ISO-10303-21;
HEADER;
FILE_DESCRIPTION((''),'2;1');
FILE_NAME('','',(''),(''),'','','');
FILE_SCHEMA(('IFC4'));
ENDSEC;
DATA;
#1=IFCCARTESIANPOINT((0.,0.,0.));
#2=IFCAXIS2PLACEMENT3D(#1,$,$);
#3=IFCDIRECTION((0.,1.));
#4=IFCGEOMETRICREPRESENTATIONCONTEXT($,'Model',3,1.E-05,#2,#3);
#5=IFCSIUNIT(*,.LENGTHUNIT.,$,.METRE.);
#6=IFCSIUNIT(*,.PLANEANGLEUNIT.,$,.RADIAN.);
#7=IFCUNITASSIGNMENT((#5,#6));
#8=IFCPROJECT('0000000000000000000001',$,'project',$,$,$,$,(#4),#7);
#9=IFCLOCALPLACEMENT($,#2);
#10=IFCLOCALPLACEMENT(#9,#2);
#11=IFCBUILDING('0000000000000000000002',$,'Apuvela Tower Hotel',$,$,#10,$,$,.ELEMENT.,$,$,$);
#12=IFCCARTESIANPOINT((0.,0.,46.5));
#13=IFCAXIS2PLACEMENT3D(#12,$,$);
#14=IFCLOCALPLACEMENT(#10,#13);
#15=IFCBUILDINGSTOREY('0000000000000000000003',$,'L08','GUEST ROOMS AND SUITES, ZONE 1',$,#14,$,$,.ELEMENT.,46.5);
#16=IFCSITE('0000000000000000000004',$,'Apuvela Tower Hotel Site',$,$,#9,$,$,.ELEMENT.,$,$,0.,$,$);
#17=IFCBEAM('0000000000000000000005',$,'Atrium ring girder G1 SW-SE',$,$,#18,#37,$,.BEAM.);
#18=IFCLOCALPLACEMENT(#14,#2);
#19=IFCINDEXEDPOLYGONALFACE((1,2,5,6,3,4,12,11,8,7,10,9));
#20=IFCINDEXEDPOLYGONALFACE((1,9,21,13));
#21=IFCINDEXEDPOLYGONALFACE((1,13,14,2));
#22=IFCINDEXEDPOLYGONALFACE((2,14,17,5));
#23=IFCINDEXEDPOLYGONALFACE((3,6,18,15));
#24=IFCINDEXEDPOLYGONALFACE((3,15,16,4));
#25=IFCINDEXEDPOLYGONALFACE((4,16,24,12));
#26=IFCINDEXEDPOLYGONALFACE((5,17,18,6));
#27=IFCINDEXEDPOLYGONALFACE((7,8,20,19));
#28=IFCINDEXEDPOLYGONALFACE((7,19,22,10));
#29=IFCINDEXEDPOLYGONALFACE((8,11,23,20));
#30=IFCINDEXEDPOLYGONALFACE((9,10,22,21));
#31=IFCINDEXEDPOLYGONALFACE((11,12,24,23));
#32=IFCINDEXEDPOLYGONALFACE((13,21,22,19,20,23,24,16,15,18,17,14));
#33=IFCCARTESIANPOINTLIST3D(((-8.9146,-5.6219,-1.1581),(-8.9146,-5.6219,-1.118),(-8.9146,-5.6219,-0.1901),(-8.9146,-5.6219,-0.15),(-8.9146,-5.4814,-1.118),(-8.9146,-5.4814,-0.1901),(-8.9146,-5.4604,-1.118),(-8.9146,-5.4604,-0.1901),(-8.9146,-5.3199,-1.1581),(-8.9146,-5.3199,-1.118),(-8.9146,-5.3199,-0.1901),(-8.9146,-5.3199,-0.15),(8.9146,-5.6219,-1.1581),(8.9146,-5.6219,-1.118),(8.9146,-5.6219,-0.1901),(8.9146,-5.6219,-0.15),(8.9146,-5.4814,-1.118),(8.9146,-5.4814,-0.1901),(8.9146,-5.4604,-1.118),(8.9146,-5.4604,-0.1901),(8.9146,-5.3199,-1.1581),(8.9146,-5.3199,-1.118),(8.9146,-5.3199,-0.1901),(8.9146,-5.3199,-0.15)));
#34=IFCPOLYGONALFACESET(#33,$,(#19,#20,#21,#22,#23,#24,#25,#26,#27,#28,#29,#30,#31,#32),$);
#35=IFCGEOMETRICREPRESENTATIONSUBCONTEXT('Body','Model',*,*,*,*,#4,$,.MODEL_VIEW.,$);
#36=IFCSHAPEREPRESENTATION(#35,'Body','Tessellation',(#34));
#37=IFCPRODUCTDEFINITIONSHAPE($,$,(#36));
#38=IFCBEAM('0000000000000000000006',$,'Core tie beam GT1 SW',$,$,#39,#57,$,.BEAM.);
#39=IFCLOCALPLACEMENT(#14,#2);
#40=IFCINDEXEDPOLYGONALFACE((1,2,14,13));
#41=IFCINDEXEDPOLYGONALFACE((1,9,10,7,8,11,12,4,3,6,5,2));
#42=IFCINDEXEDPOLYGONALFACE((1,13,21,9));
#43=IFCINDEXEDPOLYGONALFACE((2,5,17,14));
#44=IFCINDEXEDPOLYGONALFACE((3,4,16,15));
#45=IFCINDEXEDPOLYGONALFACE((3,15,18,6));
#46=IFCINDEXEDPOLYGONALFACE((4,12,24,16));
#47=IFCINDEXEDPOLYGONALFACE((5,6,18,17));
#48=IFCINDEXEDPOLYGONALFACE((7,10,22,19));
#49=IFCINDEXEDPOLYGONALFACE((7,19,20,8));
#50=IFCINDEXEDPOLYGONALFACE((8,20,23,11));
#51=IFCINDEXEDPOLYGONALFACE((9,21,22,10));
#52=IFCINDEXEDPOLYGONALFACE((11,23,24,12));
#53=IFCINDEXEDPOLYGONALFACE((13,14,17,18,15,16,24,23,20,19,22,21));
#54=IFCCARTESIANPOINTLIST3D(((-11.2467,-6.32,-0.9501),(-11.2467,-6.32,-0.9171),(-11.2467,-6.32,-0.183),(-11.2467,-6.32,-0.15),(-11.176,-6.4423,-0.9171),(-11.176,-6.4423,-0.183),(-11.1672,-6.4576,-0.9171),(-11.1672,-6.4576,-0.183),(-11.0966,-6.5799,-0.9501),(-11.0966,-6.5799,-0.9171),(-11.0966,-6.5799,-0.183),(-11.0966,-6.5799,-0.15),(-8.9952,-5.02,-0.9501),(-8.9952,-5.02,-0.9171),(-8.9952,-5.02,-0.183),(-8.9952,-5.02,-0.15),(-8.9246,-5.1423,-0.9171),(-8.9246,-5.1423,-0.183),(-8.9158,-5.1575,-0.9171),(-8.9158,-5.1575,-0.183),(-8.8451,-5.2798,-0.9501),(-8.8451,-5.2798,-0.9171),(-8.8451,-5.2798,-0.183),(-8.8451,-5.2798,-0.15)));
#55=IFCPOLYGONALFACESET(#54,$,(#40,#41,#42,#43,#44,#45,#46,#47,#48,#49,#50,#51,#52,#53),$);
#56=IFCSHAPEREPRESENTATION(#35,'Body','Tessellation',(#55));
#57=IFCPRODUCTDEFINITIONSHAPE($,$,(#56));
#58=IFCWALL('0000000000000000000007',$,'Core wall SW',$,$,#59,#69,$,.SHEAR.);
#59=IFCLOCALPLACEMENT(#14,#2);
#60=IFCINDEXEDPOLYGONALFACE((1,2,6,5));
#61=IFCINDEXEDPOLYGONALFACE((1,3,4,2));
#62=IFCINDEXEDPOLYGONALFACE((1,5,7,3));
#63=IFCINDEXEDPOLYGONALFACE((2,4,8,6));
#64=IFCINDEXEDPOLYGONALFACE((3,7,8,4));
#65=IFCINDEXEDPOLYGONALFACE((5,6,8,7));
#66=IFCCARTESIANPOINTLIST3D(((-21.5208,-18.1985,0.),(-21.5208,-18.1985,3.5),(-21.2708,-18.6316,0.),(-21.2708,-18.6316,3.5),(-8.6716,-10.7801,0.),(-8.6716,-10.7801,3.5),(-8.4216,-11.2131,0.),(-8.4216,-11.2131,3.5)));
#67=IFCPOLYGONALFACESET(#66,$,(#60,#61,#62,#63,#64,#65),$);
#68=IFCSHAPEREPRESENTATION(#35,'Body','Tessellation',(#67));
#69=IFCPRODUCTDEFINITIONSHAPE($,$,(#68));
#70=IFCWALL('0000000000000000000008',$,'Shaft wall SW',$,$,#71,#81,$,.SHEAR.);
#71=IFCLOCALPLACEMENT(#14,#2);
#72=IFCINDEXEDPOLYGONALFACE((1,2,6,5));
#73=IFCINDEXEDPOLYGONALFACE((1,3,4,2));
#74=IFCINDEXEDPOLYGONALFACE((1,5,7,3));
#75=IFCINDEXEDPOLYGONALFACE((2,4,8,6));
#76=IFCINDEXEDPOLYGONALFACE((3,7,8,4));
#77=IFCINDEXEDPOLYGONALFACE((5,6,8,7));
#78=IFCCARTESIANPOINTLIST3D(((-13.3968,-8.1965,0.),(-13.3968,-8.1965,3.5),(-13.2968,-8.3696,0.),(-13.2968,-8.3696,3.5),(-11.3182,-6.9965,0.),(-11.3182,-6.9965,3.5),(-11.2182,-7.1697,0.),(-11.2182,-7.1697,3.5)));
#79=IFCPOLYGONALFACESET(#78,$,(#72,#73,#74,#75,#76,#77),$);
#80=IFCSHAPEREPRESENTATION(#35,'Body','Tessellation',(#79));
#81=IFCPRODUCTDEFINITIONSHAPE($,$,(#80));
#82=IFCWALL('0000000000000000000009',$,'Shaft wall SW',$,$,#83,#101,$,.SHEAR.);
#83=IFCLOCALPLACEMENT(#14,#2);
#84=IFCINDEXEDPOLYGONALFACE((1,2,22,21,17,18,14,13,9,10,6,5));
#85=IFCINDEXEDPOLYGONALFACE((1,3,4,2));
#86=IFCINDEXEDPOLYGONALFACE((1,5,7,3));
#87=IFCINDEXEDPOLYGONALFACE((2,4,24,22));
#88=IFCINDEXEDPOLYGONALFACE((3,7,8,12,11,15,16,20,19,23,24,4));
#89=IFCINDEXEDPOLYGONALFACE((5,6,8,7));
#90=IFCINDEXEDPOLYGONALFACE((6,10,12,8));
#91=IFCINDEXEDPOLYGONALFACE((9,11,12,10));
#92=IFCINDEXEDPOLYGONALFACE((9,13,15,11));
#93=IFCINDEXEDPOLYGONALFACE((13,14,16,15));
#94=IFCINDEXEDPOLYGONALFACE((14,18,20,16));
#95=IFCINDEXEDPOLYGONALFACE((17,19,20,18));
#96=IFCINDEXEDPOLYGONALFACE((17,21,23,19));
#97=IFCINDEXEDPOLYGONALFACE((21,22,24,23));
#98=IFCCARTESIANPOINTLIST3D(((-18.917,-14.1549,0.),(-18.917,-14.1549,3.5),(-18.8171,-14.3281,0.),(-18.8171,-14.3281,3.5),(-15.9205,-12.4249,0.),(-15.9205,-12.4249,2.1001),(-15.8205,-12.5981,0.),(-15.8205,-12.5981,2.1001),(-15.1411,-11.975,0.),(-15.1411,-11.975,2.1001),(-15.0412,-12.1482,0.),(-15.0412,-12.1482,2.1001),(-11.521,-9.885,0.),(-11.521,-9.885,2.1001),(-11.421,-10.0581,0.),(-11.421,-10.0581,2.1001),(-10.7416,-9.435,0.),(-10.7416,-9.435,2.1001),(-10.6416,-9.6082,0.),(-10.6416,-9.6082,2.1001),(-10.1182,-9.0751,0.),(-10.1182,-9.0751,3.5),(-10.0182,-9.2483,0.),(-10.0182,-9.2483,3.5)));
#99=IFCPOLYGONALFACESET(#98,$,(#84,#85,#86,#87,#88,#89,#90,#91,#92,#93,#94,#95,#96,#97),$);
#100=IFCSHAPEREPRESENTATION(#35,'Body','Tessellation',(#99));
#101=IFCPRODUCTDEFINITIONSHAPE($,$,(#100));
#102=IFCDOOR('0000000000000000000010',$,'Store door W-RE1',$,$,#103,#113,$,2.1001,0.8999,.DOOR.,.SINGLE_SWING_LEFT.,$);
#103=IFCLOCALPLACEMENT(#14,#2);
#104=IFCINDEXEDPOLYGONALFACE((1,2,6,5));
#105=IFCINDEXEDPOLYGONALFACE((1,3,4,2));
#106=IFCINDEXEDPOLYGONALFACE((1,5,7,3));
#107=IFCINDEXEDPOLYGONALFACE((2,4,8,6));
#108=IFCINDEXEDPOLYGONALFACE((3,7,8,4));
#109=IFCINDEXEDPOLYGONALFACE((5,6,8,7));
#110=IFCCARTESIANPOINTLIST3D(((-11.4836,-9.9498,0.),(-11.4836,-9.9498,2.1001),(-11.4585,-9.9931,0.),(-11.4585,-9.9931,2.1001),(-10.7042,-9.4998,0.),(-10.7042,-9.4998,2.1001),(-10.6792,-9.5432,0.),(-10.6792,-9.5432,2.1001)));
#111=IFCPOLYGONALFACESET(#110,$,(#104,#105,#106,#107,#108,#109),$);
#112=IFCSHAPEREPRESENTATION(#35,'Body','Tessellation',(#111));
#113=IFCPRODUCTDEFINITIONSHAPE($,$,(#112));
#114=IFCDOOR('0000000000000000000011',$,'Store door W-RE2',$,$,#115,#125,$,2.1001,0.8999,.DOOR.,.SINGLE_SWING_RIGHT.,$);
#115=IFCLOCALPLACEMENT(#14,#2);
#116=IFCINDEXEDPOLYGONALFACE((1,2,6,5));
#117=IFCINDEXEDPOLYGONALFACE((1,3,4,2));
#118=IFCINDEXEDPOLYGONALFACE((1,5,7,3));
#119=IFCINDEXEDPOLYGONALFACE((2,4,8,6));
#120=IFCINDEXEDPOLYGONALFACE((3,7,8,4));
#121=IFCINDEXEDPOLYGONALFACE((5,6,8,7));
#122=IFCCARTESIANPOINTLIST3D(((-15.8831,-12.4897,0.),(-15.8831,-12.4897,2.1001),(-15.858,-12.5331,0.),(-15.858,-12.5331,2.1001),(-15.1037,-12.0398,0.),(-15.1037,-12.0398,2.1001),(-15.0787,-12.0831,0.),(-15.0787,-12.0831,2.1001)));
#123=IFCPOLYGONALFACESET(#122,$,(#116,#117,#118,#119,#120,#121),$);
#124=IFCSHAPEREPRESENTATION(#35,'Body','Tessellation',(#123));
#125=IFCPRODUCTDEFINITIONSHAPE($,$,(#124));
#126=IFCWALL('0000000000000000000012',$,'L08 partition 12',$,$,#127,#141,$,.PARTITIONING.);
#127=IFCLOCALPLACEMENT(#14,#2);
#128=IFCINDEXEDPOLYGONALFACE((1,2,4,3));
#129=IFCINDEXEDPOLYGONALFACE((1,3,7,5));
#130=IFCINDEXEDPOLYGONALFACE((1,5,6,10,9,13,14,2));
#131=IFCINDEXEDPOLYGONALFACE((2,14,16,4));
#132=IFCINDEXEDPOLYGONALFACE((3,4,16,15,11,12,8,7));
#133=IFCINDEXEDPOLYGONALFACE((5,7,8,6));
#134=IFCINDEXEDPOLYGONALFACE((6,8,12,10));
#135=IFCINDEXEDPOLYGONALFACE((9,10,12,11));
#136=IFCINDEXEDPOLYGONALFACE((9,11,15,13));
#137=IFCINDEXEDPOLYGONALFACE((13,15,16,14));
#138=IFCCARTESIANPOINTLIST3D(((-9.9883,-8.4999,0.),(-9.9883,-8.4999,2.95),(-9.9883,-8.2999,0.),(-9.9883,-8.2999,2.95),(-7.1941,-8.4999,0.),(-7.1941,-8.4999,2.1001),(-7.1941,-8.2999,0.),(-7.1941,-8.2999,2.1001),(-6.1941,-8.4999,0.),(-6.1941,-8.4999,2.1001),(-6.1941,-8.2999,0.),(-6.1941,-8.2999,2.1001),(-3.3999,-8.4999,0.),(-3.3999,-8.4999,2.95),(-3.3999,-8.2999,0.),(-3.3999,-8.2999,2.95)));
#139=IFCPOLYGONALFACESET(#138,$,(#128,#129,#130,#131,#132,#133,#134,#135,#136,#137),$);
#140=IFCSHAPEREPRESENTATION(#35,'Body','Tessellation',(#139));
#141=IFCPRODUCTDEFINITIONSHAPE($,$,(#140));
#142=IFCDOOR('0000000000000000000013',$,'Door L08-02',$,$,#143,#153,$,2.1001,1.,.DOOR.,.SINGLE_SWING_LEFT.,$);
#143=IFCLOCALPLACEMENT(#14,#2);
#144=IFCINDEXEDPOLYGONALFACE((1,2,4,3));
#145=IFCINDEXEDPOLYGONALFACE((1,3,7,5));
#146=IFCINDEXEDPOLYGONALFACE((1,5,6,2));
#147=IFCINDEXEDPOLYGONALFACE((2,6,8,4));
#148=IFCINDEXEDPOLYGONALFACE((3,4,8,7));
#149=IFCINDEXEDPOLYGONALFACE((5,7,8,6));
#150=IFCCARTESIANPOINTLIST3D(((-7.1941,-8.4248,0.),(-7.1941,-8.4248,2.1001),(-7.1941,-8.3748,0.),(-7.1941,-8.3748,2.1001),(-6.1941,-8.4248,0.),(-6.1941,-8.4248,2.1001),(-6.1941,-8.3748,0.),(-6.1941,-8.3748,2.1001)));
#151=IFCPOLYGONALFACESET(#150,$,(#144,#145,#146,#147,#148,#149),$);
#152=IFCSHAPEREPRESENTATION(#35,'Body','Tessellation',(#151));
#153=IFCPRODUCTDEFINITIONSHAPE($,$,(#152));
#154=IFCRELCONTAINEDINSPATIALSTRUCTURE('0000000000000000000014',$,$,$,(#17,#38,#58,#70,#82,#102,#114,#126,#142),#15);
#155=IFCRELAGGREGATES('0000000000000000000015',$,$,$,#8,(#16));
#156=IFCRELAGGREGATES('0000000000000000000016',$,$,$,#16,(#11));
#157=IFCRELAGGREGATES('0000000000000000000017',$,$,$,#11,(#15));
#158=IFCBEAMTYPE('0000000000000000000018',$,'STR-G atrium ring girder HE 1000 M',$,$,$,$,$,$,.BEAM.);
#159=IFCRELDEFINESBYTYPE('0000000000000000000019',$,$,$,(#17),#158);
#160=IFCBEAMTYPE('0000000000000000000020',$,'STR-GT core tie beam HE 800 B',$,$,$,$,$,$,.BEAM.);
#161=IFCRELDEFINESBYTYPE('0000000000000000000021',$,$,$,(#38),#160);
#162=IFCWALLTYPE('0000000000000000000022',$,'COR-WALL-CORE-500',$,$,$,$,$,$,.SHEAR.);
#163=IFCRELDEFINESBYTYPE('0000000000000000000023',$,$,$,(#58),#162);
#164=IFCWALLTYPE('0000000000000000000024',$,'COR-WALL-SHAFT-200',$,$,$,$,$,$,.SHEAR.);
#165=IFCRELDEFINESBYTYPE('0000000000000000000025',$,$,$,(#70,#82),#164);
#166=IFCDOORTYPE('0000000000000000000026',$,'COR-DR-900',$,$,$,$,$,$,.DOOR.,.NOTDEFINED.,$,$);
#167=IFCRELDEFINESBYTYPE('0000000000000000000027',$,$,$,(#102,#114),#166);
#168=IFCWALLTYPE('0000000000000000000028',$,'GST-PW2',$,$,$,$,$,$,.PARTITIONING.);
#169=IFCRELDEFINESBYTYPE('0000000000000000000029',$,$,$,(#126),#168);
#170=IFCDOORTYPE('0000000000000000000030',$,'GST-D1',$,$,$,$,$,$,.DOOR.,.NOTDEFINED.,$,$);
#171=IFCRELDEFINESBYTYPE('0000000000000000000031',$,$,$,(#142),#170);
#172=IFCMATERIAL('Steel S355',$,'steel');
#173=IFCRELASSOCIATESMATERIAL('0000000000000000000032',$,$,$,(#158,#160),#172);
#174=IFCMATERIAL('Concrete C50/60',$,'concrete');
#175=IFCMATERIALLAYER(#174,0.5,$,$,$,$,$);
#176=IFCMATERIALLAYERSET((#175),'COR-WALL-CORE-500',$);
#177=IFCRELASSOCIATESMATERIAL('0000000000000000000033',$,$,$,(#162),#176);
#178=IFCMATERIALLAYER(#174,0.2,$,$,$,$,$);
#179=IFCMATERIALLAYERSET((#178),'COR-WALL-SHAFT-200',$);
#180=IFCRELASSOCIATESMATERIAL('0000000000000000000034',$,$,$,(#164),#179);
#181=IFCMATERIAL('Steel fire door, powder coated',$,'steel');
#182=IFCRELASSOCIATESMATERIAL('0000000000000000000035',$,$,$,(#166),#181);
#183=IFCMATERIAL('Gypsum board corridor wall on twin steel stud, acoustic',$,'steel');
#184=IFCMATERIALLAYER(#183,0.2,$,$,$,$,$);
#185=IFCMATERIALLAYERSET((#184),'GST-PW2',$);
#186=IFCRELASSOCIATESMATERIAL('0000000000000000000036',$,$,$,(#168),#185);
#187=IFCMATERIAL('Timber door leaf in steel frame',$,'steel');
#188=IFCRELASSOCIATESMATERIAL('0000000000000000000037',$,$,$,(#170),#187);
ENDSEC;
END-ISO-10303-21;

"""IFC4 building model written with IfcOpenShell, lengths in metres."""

from ifc_helpers import new_model, si_unit, direction, frame, frame_2d, origin, origin_2d, place, context, subcontext, project, spatial, rectangle, i_section, extrude, material, layer, layer_set, material_profile, profile_set, type_object, element, fill, save


model = new_model("IFC4")

# Units and contexts
model_context = context("Model", 3, precision=1e-05, world=origin(), true_north=direction((0.0, 1.0)))
body_context = subcontext(model_context, "Body", "Model", "MODEL_VIEW")
ifc_project = project(units=[si_unit("LENGTHUNIT", "METRE"), si_unit("PLANEANGLEUNIT", "RADIAN")], contexts=[model_context])

# Site, building, storey
site_placement = place(None, origin())
site = spatial("IfcSite", under=ifc_project, at=site_placement, Name="Apuvela Tower Hotel Site", CompositionType="ELEMENT", RefElevation=0.0)
building_placement = place(site_placement, origin())
building = spatial("IfcBuilding", under=site, at=building_placement, Name="Apuvela Tower Hotel", CompositionType="ELEMENT")
storey_placement = place(building_placement, frame((0.0, 0.0, 46.5)))
storey = spatial("IfcBuildingStorey", under=building, at=storey_placement, Name="L08", Description="GUEST ROOMS AND SUITES, ZONE 1", CompositionType="ELEMENT", Elevation=46.5)

# Beams
ifc_material_1 = material(Name="Steel S355", Category="steel")
ifc_material_profile_1 = material_profile(ifc_material_1, i_section(OverallWidth=0.302, OverallDepth=1.0081, WebThickness=0.021, FlangeThickness=0.04, at=origin_2d()), Name="HE 1000 M")
ifc_profile_set_1 = profile_set([ifc_material_profile_1], Name="Steel S355")
beam_type_1 = type_object("IfcBeamType", Name="STR-G atrium ring girder HE 1000 M", PredefinedType="BEAM", material=ifc_profile_set_1)
beam_1_placement = place(storey_placement, frame((-8.9146, -5.4709, -0.6541), z_axis=(1.0, 0.0, 0.0), x_axis=(0.0, 1.0, 0.0)))
element("IfcBeam", 1, at=beam_1_placement, inside=storey, type_object=beam_type_1, Name="Atrium ring girder G1 SW-SE", PredefinedType="BEAM", context=body_context, shape_type="SweptSolid", body=[
    extrude(i_section(OverallWidth=0.302, OverallDepth=1.0081, WebThickness=0.021, FlangeThickness=0.04, at=origin_2d()), origin(), (0.0, 0.0, 1.0), 17.8291),
])
ifc_material_profile_2 = material_profile(ifc_material_1, i_section(OverallWidth=0.3, OverallDepth=0.8, WebThickness=0.0176, FlangeThickness=0.033, at=origin_2d()), Name="HE 800 B")
ifc_profile_set_2 = profile_set([ifc_material_profile_2], Name="Steel S355")
beam_type_2 = type_object("IfcBeamType", Name="STR-GT core tie beam HE 800 B", PredefinedType="BEAM", material=ifc_profile_set_2)
beam_2_placement = place(storey_placement, frame((-11.1716, -6.45, -0.55), z_axis=(0.865998, 0.500048, 0.0), x_axis=(-0.500048, 0.865998, 0.0)))
element("IfcBeam", 2, at=beam_2_placement, inside=storey, type_object=beam_type_2, Name="Core tie beam GT1 SW", PredefinedType="BEAM", context=body_context, shape_type="SweptSolid", body=[
    extrude(i_section(OverallWidth=0.3, OverallDepth=0.8, WebThickness=0.0176, FlangeThickness=0.033, at=origin_2d()), origin(), (0.0, 0.0, 1.0), 2.5999),
])

# Walls
ifc_material_2 = material(Name="Concrete C50/60", Category="concrete")
ifc_layer_1 = layer(ifc_material_2, 0.5)
ifc_layer_set_1 = layer_set([ifc_layer_1], Name="COR-WALL-CORE-500")
wall_type_1 = type_object("IfcWallType", Name="COR-WALL-CORE-500", PredefinedType="SHEAR", material=ifc_layer_set_1)
wall_1_placement = place(storey_placement, frame((-8.5466, -10.9966, 0.0), z_axis=(0.0, 0.0, 1.0), x_axis=(-0.866025, -0.500001, 0.0)))
element("IfcWall", 3, at=wall_1_placement, inside=storey, type_object=wall_type_1, Name="Core wall SW", PredefinedType="SHEAR", context=body_context, shape_type="SweptSolid", body=[
    extrude(rectangle(XDim=14.8369, YDim=0.5, at=frame_2d((7.4185, 0.0))), origin(), (0.0, 0.0, 1.0), 3.5),
])
ifc_layer_2 = layer(ifc_material_2, 0.2)
ifc_layer_set_2 = layer_set([ifc_layer_2], Name="COR-WALL-SHAFT-200")
wall_type_2 = type_object("IfcWallType", Name="COR-WALL-SHAFT-200", PredefinedType="SHEAR", material=ifc_layer_set_2)
wall_2_placement = place(storey_placement, frame((-11.2681, -7.083, 0.0), z_axis=(0.0, 0.0, 1.0), x_axis=(-0.86605, -0.499957, 0.0)))
element("IfcWall", 4, at=wall_2_placement, inside=storey, type_object=wall_type_2, Name="Shaft wall SW", PredefinedType="SHEAR", context=body_context, shape_type="SweptSolid", body=[
    extrude(rectangle(XDim=2.4001, YDim=0.2, at=frame_2d((1.2002, 0.0))), origin(), (0.0, 0.0, 1.0), 3.5),
])

# Wall, openings, doors
wall_3_placement = place(storey_placement, frame((-10.0681, -9.1616, 0.0), z_axis=(0.0, 0.0, 1.0), x_axis=(-0.866033, -0.499987, 0.0)))
wall_3 = element("IfcWall", 5, at=wall_3_placement, inside=storey, type_object=wall_type_2, Name="Shaft wall SW", PredefinedType="SHEAR", context=body_context, shape_type="SweptSolid", body=[
    extrude(rectangle(XDim=10.1599, YDim=0.2, at=frame_2d((5.0801, 0.0))), origin(), (0.0, 0.0, 1.0), 3.5),
])
opening_1_placement = place(wall_3_placement, frame((0.72, 0.0, 0.0)))
opening_1 = element("IfcOpeningElement", 6, at=opening_1_placement, cuts=wall_3, PredefinedType="OPENING", context=body_context, shape_type="SweptSolid", body=[
    extrude(rectangle(XDim=0.8999, YDim=2.1001, at=frame_2d((0.45, 1.05))), frame((0.0, 0.1099, 0.0), z_axis=(0.0, -1.0, 0.0), x_axis=(1.0, 0.0, 0.0)), (0.0, 0.0, 1.0), 0.22),
])
opening_2_placement = place(wall_3_placement, frame((5.8, 0.0, 0.0)))
opening_2 = element("IfcOpeningElement", 7, at=opening_2_placement, cuts=wall_3, PredefinedType="OPENING", context=body_context, shape_type="SweptSolid", body=[
    extrude(rectangle(XDim=0.8999, YDim=2.1001, at=frame_2d((0.45, 1.05))), frame((0.0, 0.1099, 0.0), z_axis=(0.0, -1.0, 0.0), x_axis=(1.0, 0.0, 0.0)), (0.0, 0.0, 1.0), 0.22),
])
ifc_material_3 = material(Name="Steel fire door, powder coated", Category="steel")
door_type_1 = type_object("IfcDoorType", Name="COR-DR-900", OperationType="NOTDEFINED", PredefinedType="DOOR", material=ifc_material_3)
door_1_placement = place(opening_1_placement, origin())
door_1 = element("IfcDoor", 8, at=door_1_placement, inside=storey, type_object=door_type_1, Name="Store door W-RE1", OperationType="SINGLE_SWING_LEFT", OverallHeight=2.1001, OverallWidth=0.8999, PredefinedType="DOOR", context=body_context, shape_type="SweptSolid", body=[
    extrude(rectangle(XDim=0.8999, YDim=2.1001, at=frame_2d((0.45, 1.05))), frame((0.0, 0.0249, 0.0), z_axis=(0.0, -1.0, 0.0), x_axis=(1.0, 0.0, 0.0)), (0.0, 0.0, 1.0), 0.05),
])
fill(opening_1, door_1)
door_2_placement = place(opening_2_placement, origin())
door_2 = element("IfcDoor", 9, at=door_2_placement, inside=storey, type_object=door_type_1, Name="Store door W-RE2", OperationType="SINGLE_SWING_RIGHT", OverallHeight=2.1001, OverallWidth=0.8999, PredefinedType="DOOR", context=body_context, shape_type="SweptSolid", body=[
    extrude(rectangle(XDim=0.8999, YDim=2.1001, at=frame_2d((0.45, 1.05))), frame((0.0, 0.0249, 0.0), z_axis=(0.0, -1.0, 0.0), x_axis=(1.0, 0.0, 0.0)), (0.0, 0.0, 1.0), 0.05),
])
fill(opening_2, door_2)

# Wall, opening, door
ifc_material_4 = material(Name="Gypsum board corridor wall on twin steel stud, acoustic", Category="steel")
ifc_layer_3 = layer(ifc_material_4, 0.2)
ifc_layer_set_3 = layer_set([ifc_layer_3], Name="GST-PW2")
wall_type_3 = type_object("IfcWallType", Name="GST-PW2", PredefinedType="PARTITIONING", material=ifc_layer_set_3)
wall_4_placement = place(storey_placement, frame((-3.3999, -8.3999, 0.0), z_axis=(0.0, 0.0, 1.0), x_axis=(-1.0, 0.0, 0.0)))
wall_4 = element("IfcWall", 10, at=wall_4_placement, inside=storey, type_object=wall_type_3, Name="L08 partition 12", PredefinedType="PARTITIONING", context=body_context, shape_type="SweptSolid", body=[
    extrude(rectangle(XDim=6.5884, YDim=0.2, at=frame_2d((3.2942, 0.0))), origin(), (0.0, 0.0, 1.0), 2.95),
])
opening_3_placement = place(wall_4_placement, frame((2.7942, 0.0, 0.0)))
opening_3 = element("IfcOpeningElement", 11, at=opening_3_placement, cuts=wall_4, PredefinedType="OPENING", context=body_context, shape_type="SweptSolid", body=[
    extrude(rectangle(XDim=1.0, YDim=2.1001, at=frame_2d((0.5, 1.05))), frame((0.0, 0.1099, 0.0), z_axis=(0.0, -1.0, 0.0), x_axis=(1.0, 0.0, 0.0)), (0.0, 0.0, 1.0), 0.22),
])
ifc_material_5 = material(Name="Timber door leaf in steel frame", Category="steel")
door_type_2 = type_object("IfcDoorType", Name="GST-D1", OperationType="NOTDEFINED", PredefinedType="DOOR", material=ifc_material_5)
door_3_placement = place(opening_3_placement, origin())
door_3 = element("IfcDoor", 12, at=door_3_placement, inside=storey, type_object=door_type_2, Name="Door L08-02", OperationType="SINGLE_SWING_LEFT", OverallHeight=2.1001, OverallWidth=1.0, PredefinedType="DOOR", context=body_context, shape_type="SweptSolid", body=[
    extrude(rectangle(XDim=1.0, YDim=2.1001, at=frame_2d((0.5, 1.05))), frame((0.0, 0.0249, 0.0), z_axis=(0.0, -1.0, 0.0), x_axis=(1.0, 0.0, 0.0)), (0.0, 0.0, 1.0), 0.05),
])
fill(opening_3, door_3)

save(model, "model.ifc")
